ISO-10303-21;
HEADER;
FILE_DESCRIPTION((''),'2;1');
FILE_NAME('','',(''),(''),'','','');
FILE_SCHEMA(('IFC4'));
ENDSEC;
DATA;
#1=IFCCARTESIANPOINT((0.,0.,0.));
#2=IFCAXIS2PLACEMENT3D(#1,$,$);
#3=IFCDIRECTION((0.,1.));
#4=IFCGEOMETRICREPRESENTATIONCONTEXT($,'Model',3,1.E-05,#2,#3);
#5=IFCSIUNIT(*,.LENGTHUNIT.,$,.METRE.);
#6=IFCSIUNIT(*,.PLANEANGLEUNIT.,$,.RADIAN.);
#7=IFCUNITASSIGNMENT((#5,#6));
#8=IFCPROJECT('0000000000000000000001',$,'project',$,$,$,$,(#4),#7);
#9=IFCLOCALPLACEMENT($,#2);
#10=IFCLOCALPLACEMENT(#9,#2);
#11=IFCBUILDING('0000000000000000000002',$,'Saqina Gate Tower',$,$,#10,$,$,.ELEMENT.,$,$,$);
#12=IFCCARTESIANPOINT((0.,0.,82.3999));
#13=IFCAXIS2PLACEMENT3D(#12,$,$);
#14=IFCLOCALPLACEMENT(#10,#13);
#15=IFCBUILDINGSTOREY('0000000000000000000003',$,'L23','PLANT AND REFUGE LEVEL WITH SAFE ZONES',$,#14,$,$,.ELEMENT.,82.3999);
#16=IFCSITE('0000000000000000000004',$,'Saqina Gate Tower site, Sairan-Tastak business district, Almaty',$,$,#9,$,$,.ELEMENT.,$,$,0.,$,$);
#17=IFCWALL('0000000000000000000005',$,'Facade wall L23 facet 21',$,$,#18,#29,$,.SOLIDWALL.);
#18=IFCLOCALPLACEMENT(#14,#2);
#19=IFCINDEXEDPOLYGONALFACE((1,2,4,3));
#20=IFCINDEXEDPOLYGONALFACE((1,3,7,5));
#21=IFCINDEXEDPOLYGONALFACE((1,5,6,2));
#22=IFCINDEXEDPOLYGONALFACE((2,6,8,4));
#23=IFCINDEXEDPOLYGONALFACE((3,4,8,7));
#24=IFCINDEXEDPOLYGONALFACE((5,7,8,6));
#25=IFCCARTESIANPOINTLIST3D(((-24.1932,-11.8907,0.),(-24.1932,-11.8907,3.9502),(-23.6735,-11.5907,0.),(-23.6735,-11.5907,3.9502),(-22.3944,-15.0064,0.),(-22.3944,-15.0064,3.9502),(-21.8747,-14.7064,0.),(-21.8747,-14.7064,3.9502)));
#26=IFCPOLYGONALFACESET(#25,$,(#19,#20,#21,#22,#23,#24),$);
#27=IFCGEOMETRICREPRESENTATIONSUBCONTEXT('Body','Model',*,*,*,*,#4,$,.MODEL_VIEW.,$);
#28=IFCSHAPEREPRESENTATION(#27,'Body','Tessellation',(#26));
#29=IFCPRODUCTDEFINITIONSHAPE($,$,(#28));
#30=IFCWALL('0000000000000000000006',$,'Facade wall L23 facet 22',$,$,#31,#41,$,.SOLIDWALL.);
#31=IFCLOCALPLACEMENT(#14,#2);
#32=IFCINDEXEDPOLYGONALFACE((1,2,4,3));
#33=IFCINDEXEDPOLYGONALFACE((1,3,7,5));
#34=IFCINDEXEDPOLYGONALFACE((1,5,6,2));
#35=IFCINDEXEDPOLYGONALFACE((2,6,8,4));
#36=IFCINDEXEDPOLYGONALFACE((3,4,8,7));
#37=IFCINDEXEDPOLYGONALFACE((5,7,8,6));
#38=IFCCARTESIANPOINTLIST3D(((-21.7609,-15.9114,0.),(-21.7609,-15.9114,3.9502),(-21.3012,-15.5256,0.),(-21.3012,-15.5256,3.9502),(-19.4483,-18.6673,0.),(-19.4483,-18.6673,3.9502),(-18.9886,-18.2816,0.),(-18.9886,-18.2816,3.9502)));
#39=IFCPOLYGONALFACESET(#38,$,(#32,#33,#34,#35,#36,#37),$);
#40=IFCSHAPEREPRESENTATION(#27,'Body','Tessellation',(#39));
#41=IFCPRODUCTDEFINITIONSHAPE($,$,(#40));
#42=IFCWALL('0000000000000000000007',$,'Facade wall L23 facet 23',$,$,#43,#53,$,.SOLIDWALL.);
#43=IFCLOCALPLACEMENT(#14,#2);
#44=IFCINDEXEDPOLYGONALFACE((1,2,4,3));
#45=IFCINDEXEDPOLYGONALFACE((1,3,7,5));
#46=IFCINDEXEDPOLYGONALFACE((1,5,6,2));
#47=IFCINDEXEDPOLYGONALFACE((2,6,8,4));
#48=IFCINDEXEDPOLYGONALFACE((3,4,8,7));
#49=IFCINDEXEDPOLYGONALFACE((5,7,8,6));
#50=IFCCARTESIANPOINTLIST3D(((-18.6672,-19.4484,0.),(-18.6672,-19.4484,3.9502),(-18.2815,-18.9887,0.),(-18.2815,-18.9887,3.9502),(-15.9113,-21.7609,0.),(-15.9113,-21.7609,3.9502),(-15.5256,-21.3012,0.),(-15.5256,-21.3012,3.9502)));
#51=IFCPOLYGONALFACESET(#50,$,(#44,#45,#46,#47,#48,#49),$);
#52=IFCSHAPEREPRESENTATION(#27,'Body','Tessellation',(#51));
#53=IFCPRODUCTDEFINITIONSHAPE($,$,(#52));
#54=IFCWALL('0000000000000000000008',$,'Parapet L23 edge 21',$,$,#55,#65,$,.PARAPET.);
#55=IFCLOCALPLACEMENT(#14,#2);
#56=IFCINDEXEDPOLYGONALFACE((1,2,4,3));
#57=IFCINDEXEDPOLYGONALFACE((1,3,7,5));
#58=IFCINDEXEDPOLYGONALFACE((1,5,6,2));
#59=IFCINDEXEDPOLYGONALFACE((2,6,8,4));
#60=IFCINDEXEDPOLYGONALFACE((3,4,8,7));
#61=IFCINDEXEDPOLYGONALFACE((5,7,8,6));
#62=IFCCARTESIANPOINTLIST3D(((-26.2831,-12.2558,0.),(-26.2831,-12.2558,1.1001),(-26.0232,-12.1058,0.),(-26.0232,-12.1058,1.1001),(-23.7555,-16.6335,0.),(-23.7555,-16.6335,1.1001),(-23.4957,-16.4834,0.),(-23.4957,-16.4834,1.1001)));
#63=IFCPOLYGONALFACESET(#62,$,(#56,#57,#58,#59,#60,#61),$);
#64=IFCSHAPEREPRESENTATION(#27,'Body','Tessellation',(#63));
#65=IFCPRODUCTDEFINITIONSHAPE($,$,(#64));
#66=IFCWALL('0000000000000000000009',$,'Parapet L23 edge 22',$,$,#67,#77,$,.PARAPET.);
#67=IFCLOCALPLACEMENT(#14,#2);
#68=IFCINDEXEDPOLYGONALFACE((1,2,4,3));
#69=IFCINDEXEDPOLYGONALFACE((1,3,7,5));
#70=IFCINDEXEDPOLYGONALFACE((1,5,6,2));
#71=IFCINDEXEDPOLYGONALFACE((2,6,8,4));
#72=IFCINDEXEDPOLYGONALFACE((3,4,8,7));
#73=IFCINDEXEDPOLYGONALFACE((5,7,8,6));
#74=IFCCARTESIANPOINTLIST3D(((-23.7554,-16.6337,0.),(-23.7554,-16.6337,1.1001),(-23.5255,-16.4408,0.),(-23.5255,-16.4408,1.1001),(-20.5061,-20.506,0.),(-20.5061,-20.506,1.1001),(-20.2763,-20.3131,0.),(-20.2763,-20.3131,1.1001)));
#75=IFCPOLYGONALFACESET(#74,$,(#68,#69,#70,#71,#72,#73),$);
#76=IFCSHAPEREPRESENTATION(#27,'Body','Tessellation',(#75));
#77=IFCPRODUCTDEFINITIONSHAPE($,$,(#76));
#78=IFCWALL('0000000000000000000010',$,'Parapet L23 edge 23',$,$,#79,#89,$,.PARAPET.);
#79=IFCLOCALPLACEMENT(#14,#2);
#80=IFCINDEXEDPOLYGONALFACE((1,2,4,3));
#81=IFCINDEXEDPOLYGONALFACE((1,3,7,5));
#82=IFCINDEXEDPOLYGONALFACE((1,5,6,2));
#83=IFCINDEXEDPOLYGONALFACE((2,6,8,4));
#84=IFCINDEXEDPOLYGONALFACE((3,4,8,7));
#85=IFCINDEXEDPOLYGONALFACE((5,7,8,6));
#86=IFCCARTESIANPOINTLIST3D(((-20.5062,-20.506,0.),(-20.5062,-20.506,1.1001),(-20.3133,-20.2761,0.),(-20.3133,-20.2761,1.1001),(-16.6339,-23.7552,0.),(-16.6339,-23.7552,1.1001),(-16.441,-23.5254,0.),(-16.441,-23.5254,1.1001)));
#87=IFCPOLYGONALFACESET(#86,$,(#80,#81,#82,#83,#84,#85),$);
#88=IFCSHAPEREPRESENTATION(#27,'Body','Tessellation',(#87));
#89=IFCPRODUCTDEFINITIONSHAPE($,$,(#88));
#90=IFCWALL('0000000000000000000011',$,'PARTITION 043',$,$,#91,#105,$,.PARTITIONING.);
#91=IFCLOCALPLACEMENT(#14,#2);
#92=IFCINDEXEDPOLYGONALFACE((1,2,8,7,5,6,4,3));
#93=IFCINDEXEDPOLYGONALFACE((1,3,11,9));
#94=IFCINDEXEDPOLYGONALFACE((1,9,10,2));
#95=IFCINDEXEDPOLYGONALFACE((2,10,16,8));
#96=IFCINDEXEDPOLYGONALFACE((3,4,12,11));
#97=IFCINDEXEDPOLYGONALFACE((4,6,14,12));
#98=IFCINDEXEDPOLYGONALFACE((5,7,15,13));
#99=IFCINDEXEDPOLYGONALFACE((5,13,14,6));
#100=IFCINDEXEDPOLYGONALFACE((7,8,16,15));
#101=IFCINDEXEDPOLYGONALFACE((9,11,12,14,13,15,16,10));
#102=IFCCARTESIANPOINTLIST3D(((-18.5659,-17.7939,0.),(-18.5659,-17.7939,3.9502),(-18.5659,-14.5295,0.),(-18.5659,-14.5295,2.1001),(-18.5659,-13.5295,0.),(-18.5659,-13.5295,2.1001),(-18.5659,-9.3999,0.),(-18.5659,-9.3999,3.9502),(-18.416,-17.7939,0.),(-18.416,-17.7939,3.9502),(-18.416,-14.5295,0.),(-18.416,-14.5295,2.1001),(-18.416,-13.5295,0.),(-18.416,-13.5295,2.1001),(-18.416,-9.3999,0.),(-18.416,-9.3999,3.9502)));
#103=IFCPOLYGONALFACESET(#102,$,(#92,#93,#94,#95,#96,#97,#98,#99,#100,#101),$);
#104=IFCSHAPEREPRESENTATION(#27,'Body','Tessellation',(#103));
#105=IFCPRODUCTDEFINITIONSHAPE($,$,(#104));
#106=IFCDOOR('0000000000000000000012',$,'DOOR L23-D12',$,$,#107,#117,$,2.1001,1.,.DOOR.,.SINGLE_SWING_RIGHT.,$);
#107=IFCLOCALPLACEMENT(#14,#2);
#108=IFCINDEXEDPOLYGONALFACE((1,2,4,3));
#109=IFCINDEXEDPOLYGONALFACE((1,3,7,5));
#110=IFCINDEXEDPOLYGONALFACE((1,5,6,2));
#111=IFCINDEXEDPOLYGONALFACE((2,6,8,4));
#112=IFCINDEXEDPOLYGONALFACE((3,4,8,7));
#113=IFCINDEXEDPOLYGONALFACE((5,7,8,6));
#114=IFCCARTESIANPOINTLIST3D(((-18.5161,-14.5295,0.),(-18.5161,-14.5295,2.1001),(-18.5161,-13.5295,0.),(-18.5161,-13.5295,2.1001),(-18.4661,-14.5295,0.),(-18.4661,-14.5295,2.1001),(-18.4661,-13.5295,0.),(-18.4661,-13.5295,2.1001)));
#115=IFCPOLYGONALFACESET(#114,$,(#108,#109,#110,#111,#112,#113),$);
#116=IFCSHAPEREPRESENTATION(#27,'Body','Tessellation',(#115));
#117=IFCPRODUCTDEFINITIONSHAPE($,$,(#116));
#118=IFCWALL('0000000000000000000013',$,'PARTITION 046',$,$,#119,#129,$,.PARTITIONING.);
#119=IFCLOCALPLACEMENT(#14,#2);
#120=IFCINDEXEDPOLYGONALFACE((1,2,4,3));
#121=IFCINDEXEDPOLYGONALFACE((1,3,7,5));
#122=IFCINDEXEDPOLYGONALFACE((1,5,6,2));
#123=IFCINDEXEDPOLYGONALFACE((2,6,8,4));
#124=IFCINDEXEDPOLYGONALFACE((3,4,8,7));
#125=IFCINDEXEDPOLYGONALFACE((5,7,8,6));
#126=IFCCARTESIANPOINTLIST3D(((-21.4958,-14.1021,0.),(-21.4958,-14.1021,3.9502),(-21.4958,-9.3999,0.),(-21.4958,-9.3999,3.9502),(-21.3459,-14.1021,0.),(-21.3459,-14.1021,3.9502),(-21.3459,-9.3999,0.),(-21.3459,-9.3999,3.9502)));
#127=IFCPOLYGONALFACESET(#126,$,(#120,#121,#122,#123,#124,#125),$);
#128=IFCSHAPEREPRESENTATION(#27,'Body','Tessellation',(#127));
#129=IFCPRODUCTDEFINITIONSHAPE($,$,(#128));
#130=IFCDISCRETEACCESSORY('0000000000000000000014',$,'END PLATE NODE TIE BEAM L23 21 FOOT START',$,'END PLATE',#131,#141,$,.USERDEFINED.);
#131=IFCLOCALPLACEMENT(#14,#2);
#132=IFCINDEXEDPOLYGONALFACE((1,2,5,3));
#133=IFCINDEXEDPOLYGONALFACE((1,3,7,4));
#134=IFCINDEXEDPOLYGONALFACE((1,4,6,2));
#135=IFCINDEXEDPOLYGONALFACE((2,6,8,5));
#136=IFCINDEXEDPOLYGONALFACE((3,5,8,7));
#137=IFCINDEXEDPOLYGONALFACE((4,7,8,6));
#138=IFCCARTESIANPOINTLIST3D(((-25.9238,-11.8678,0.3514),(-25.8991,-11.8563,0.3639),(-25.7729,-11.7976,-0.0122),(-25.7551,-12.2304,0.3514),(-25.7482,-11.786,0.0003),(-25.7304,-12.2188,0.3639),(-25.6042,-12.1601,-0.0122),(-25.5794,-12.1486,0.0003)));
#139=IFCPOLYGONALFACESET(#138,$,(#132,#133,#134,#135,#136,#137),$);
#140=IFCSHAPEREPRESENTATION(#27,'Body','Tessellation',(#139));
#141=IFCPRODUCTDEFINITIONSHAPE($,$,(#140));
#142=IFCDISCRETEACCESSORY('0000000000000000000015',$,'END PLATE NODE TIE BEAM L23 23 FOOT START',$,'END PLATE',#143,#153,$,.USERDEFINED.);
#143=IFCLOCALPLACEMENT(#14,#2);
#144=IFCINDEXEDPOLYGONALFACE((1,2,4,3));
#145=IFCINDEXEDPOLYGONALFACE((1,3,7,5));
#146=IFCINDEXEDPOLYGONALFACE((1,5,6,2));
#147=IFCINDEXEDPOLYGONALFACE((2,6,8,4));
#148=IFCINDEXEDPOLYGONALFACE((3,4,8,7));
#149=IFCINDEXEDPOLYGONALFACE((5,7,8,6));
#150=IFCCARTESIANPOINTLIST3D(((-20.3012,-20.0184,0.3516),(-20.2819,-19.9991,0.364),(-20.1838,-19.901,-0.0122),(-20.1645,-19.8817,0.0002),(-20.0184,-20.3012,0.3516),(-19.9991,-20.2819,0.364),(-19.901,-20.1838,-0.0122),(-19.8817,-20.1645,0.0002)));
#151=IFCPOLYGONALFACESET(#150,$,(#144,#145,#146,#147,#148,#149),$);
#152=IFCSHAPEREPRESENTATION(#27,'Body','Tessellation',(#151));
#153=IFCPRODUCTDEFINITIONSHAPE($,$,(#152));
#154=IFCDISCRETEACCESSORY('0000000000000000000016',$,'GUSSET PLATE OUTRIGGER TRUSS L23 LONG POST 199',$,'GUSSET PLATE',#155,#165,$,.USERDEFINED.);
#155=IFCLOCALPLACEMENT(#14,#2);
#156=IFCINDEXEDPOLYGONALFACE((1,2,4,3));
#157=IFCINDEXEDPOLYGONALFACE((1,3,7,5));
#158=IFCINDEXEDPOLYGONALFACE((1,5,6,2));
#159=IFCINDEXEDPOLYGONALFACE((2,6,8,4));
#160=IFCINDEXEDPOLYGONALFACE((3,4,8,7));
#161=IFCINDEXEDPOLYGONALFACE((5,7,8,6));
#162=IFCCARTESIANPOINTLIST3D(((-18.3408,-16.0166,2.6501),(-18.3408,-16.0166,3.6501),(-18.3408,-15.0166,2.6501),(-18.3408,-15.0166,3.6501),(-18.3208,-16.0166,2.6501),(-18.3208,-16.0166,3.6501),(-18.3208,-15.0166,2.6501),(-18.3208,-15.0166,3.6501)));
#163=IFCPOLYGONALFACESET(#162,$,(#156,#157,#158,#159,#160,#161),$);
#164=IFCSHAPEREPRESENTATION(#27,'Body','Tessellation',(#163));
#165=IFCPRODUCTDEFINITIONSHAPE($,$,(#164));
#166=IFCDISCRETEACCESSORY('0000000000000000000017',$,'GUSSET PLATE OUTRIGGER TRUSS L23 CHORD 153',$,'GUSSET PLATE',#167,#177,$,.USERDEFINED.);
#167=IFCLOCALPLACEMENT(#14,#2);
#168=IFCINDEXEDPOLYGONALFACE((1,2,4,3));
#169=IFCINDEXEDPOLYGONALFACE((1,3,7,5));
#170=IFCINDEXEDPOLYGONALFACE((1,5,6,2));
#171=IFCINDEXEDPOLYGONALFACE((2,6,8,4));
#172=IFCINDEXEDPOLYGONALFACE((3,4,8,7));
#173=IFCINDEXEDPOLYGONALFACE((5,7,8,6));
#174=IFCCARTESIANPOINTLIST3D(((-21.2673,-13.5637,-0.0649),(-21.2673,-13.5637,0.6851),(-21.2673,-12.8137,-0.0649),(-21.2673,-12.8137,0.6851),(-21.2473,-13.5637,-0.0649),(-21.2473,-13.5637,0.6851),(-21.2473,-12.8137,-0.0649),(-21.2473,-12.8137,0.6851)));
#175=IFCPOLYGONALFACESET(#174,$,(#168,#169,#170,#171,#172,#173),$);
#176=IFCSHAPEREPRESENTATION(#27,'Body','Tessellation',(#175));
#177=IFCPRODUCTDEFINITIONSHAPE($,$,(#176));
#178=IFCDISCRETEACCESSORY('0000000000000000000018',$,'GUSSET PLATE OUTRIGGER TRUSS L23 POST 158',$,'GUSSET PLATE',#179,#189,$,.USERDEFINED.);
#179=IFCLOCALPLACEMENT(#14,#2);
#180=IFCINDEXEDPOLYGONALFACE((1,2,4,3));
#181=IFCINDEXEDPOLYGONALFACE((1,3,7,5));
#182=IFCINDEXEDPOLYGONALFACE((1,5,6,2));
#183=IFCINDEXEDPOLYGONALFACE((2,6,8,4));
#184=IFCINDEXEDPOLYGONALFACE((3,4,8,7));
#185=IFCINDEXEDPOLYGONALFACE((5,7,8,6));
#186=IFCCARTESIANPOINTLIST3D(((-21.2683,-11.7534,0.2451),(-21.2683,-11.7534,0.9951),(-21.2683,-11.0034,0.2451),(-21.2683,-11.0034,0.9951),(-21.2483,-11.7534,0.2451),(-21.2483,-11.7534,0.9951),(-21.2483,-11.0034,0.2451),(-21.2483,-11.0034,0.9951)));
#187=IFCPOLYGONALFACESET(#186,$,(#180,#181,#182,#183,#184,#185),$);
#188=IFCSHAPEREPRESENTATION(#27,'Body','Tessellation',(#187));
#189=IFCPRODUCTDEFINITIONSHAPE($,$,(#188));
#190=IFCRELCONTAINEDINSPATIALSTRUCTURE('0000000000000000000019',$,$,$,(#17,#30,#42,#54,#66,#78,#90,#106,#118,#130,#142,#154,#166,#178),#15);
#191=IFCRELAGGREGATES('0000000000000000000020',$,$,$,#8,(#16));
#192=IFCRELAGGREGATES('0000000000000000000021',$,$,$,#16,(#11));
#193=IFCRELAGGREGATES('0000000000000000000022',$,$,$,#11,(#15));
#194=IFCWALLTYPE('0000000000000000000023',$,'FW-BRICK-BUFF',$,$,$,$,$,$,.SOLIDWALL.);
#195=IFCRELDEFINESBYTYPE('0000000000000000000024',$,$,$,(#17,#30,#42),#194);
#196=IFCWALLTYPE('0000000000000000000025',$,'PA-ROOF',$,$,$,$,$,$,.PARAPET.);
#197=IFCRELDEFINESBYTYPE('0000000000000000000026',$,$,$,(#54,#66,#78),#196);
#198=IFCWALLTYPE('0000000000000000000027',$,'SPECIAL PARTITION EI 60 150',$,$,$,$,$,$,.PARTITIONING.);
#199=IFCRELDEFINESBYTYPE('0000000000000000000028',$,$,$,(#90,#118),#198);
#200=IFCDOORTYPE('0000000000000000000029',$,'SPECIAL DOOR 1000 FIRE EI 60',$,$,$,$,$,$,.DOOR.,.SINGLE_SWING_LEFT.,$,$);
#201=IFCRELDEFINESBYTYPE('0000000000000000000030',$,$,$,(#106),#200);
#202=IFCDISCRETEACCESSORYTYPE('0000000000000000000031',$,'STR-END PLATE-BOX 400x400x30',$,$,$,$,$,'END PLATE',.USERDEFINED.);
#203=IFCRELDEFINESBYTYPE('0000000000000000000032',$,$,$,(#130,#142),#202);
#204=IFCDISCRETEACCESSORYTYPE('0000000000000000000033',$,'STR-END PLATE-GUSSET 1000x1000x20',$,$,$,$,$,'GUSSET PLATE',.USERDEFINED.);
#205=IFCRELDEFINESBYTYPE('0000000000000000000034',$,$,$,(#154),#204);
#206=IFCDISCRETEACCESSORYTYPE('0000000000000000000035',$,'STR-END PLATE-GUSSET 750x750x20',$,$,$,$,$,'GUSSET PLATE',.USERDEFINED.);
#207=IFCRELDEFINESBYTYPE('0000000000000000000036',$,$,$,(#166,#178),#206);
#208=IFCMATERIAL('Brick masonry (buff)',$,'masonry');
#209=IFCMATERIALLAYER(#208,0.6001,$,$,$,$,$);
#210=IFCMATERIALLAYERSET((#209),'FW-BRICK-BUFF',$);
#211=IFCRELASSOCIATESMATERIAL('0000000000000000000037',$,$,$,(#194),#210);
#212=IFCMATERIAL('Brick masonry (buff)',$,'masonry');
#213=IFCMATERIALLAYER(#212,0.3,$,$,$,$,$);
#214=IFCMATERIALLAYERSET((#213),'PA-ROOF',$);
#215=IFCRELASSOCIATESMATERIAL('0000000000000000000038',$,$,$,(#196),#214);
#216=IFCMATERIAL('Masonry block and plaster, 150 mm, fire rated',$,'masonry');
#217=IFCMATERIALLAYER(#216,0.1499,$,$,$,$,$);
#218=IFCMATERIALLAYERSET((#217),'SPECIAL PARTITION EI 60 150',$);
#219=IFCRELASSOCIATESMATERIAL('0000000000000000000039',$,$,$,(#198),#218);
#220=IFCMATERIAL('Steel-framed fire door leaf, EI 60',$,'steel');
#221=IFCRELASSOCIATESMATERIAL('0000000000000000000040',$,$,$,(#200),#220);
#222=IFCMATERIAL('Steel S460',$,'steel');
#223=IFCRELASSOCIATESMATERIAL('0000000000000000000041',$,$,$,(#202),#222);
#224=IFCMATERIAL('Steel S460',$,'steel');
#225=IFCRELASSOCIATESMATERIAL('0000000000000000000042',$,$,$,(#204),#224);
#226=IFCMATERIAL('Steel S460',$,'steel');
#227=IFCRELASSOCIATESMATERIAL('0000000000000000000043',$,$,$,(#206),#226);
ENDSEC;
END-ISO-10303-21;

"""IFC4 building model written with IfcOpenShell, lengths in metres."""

from ifc_helpers import new_model, si_unit, direction, frame, frame_2d, origin, origin_2d, place, context, subcontext, project, spatial, rectangle, extrude, material, layer, layer_set, material_profile, profile_set, type_object, element, fill, save


model = new_model("IFC4")

# Units and contexts
model_context = context("Model", 3, precision=1e-05, world=origin(), true_north=direction((0.0, 1.0)))
body_context = subcontext(model_context, "Body", "Model", "MODEL_VIEW")
ifc_project = project(units=[si_unit("LENGTHUNIT", "METRE"), si_unit("PLANEANGLEUNIT", "RADIAN")], contexts=[model_context])

# Site, building, storey
site_placement = place(None, origin())
site = spatial("IfcSite", under=ifc_project, at=site_placement, Name="Saqina Gate Tower site, Sairan-Tastak business district, Almaty", CompositionType="ELEMENT", RefElevation=0.0)
building_placement = place(site_placement, origin())
building = spatial("IfcBuilding", under=site, at=building_placement, Name="Saqina Gate Tower", CompositionType="ELEMENT")
storey_placement = place(building_placement, frame((0.0, 0.0, 82.3999)))
storey = spatial("IfcBuildingStorey", under=building, at=storey_placement, Name="L23", Description="PLANT AND REFUGE LEVEL WITH SAFE ZONES", CompositionType="ELEMENT", Elevation=82.3999)

# Walls
ifc_material_1 = material(Name="Brick masonry (buff)", Category="masonry")
ifc_layer_1 = layer(ifc_material_1, 0.6001)
ifc_layer_set_1 = layer_set([ifc_layer_1], Name="FW-BRICK-BUFF")
wall_type_1 = type_object("IfcWallType", Name="FW-BRICK-BUFF", PredefinedType="SOLIDWALL", material=ifc_layer_set_1)
for number, where, z_axis, x_axis, name in (
    (1, (-23.9333, -11.7407, 0.0), (0.0, 0.0, 1.0), (0.499993, -0.86603, 0.0), "Facade wall L23 facet 21"),
    (2, (-21.531, -15.7185, 0.0), (0.0, 0.0, 1.0), (0.642797, -0.766036, 0.0), "Facade wall L23 facet 22"),
    (3, (-18.4744, -19.2185, 0.0), (0.0, 0.0, 1.0), (0.766036, -0.642797, 0.0), "Facade wall L23 facet 23"),
):
    element("IfcWall", number, at=place(storey_placement, frame(where, z_axis=z_axis, x_axis=x_axis)), inside=storey, type_object=wall_type_1, Name=name, PredefinedType="SOLIDWALL", context=body_context, shape_type="SweptSolid", body=[
        extrude(rectangle(XDim=3.5977, YDim=0.6001, at=frame_2d((1.7988, 0.0))), origin(), (0.0, 0.0, 1.0), 3.9502),
    ])
ifc_material_2 = material(Name="Brick masonry (buff)", Category="masonry")
ifc_layer_2 = layer(ifc_material_2, 0.3)
ifc_layer_set_2 = layer_set([ifc_layer_2], Name="PA-ROOF")
wall_type_2 = type_object("IfcWallType", Name="PA-ROOF", PredefinedType="PARAPET", material=ifc_layer_set_2)
for number, where, z_axis, x_axis, name in (
    (4, (-26.1531, -12.1809, 0.0), (0.0, 0.0, 1.0), (0.500019, -0.866014, 0.0), "Parapet L23 edge 21"),
    (5, (-23.6404, -16.5374, 0.0), (0.0, 0.0, 1.0), (0.642789, -0.766043, 0.0), "Parapet L23 edge 22"),
    (6, (-20.4097, -20.3911, 0.0), (0.0, 0.0, 1.0), (0.766043, -0.642789, 0.0), "Parapet L23 edge 23"),
):
    element("IfcWall", number, at=place(storey_placement, frame(where, z_axis=z_axis, x_axis=x_axis)), inside=storey, type_object=wall_type_2, Name=name, PredefinedType="PARAPET", context=body_context, shape_type="SweptSolid", body=[
        extrude(rectangle(XDim=5.0549, YDim=0.3, at=frame_2d((2.5273, 0.0))), origin(), (0.0, 0.0, 1.0), 1.1001),
    ])

# Wall, opening, door
ifc_material_3 = material(Name="Masonry block and plaster, 150 mm, fire rated", Category="masonry")
ifc_layer_3 = layer(ifc_material_3, 0.1499)
ifc_layer_set_3 = layer_set([ifc_layer_3], Name="SPECIAL PARTITION EI 60 150")
wall_type_3 = type_object("IfcWallType", Name="SPECIAL PARTITION EI 60 150", PredefinedType="PARTITIONING", material=ifc_layer_set_3)
wall_1_placement = place(storey_placement, frame((-18.491, -17.7939, 0.0), z_axis=(0.0, 0.0, 1.0), x_axis=(0.0, 1.0, 0.0)))
wall_1 = element("IfcWall", 7, at=wall_1_placement, inside=storey, type_object=wall_type_3, Name="PARTITION 043", PredefinedType="PARTITIONING", context=body_context, shape_type="SweptSolid", body=[
    extrude(rectangle(XDim=8.394, YDim=0.1499, at=frame_2d((4.197, 0.0))), origin(), (0.0, 0.0, 1.0), 3.9502),
])
opening_placement = place(wall_1_placement, frame((3.2644, 0.0, 0.0)))
opening = element("IfcOpeningElement", 8, at=opening_placement, cuts=wall_1, PredefinedType="OPENING", context=body_context, shape_type="SweptSolid", body=[
    extrude(rectangle(XDim=1.0, YDim=2.1001, at=frame_2d((0.5, 1.05))), frame((0.0, 0.0869, 0.0), z_axis=(0.0, -1.0, 0.0), x_axis=(1.0, 0.0, 0.0)), (0.0, 0.0, 1.0), 0.1738),
])
ifc_material_4 = material(Name="Steel-framed fire door leaf, EI 60", Category="steel")
door_type = type_object("IfcDoorType", Name="SPECIAL DOOR 1000 FIRE EI 60", OperationType="SINGLE_SWING_LEFT", PredefinedType="DOOR", material=ifc_material_4)
door_placement = place(opening_placement, frame((1.0, 0.0, 0.0), z_axis=(0.0, 0.0, 1.0), x_axis=(-1.0, 0.0, 0.0)))
door = element("IfcDoor", 9, at=door_placement, inside=storey, type_object=door_type, Name="DOOR L23-D12", OperationType="SINGLE_SWING_RIGHT", OverallHeight=2.1001, OverallWidth=1.0, PredefinedType="DOOR", context=body_context, shape_type="SweptSolid", body=[
    extrude(rectangle(XDim=1.0, YDim=2.1001, at=frame_2d((0.5, 1.05))), frame((0.0, 0.0249, 0.0), z_axis=(0.0, -1.0, 0.0), x_axis=(1.0, 0.0, 0.0)), (0.0, 0.0, 1.0), 0.05),
])
fill(opening, door)

# Wall
wall_2_placement = place(storey_placement, frame((-21.4209, -14.1021, 0.0), z_axis=(0.0, 0.0, 1.0), x_axis=(0.0, 1.0, 0.0)))
element("IfcWall", 10, at=wall_2_placement, inside=storey, type_object=wall_type_3, Name="PARTITION 046", PredefinedType="PARTITIONING", context=body_context, shape_type="SweptSolid", body=[
    extrude(rectangle(XDim=4.7021, YDim=0.1499, at=frame_2d((2.3511, 0.0))), origin(), (0.0, 0.0, 1.0), 3.9502),
])

# Discrete accessories
ifc_material_5 = material(Name="Steel S460", Category="steel")
ifc_material_profile_1 = material_profile(ifc_material_5, rectangle(XDim=0.3999, YDim=0.3999, at=origin_2d()), Name="STR-END PLATE-BOX 400x400x30")
ifc_profile_set_1 = profile_set([ifc_material_profile_1], Name="Steel S460")
discrete_accessory_type_1 = type_object("IfcDiscreteAccessoryType", Name="STR-END PLATE-BOX 400x400x30", ElementType="END PLATE", PredefinedType="USERDEFINED", material=ifc_profile_set_1)
for number, where, z_axis, x_axis, name in (
    (11, (-25.7393, -12.0024, 0.1821), (-0.824359, -0.383613, -0.416261), (-0.421905, 0.90664, 0.000007), "END PLATE NODE TIE BEAM L23 21 FOOT START"),
    (12, (-20.0818, -20.0818, 0.1821), (-0.643255, -0.643255, -0.415266), (-0.707107, 0.707107, 0.0), "END PLATE NODE TIE BEAM L23 23 FOOT START"),
):
    element("IfcDiscreteAccessory", number, at=place(storey_placement, frame(where, z_axis=z_axis, x_axis=x_axis)), inside=storey, type_object=discrete_accessory_type_1, Name=name, ObjectType="END PLATE", PredefinedType="USERDEFINED", context=body_context, shape_type="SweptSolid", body=[
        extrude(rectangle(XDim=0.3999, YDim=0.3999, at=origin_2d()), origin(), (0.0, 0.0, 1.0), 0.03),
    ])
ifc_material_6 = material(Name="Steel S460", Category="steel")
ifc_material_profile_2 = material_profile(ifc_material_6, rectangle(XDim=1.0, YDim=1.0, at=origin_2d()), Name="STR-END PLATE-GUSSET 1000x1000x20")
ifc_profile_set_2 = profile_set([ifc_material_profile_2], Name="Steel S460")
discrete_accessory_type_2 = type_object("IfcDiscreteAccessoryType", Name="STR-END PLATE-GUSSET 1000x1000x20", ElementType="GUSSET PLATE", PredefinedType="USERDEFINED", material=ifc_profile_set_2)
discrete_accessory_placement = place(storey_placement, frame((-18.3408, -15.5166, 3.1501), z_axis=(1.0, 0.0, 0.0), x_axis=(0.0, 1.0, 0.0)))
element("IfcDiscreteAccessory", 13, at=discrete_accessory_placement, inside=storey, type_object=discrete_accessory_type_2, Name="GUSSET PLATE OUTRIGGER TRUSS L23 LONG POST 199", ObjectType="GUSSET PLATE", PredefinedType="USERDEFINED", context=body_context, shape_type="SweptSolid", body=[
    extrude(rectangle(XDim=1.0, YDim=1.0, at=origin_2d()), origin(), (0.0, 0.0, 1.0), 0.02),
])
ifc_material_7 = material(Name="Steel S460", Category="steel")
ifc_material_profile_3 = material_profile(ifc_material_7, rectangle(XDim=0.75, YDim=0.75, at=origin_2d()), Name="STR-END PLATE-GUSSET 750x750x20")
ifc_profile_set_3 = profile_set([ifc_material_profile_3], Name="Steel S460")
discrete_accessory_type_3 = type_object("IfcDiscreteAccessoryType", Name="STR-END PLATE-GUSSET 750x750x20", ElementType="GUSSET PLATE", PredefinedType="USERDEFINED", material=ifc_profile_set_3)
for number, where, z_axis, x_axis, name in (
    (14, (-21.2673, -13.1887, 0.3101), (1.0, 0.0, 0.0), (0.0, 1.0, 0.0), "GUSSET PLATE OUTRIGGER TRUSS L23 CHORD 153"),
    (15, (-21.2683, -11.3784, 0.6201), (1.0, 0.0, 0.0), (0.0, 1.0, 0.0), "GUSSET PLATE OUTRIGGER TRUSS L23 POST 158"),
):
    element("IfcDiscreteAccessory", number, at=place(storey_placement, frame(where, z_axis=z_axis, x_axis=x_axis)), inside=storey, type_object=discrete_accessory_type_3, Name=name, ObjectType="GUSSET PLATE", PredefinedType="USERDEFINED", context=body_context, shape_type="SweptSolid", body=[
        extrude(rectangle(XDim=0.75, YDim=0.75, at=origin_2d()), origin(), (0.0, 0.0, 1.0), 0.02),
    ])

save(model, "model.ifc")
